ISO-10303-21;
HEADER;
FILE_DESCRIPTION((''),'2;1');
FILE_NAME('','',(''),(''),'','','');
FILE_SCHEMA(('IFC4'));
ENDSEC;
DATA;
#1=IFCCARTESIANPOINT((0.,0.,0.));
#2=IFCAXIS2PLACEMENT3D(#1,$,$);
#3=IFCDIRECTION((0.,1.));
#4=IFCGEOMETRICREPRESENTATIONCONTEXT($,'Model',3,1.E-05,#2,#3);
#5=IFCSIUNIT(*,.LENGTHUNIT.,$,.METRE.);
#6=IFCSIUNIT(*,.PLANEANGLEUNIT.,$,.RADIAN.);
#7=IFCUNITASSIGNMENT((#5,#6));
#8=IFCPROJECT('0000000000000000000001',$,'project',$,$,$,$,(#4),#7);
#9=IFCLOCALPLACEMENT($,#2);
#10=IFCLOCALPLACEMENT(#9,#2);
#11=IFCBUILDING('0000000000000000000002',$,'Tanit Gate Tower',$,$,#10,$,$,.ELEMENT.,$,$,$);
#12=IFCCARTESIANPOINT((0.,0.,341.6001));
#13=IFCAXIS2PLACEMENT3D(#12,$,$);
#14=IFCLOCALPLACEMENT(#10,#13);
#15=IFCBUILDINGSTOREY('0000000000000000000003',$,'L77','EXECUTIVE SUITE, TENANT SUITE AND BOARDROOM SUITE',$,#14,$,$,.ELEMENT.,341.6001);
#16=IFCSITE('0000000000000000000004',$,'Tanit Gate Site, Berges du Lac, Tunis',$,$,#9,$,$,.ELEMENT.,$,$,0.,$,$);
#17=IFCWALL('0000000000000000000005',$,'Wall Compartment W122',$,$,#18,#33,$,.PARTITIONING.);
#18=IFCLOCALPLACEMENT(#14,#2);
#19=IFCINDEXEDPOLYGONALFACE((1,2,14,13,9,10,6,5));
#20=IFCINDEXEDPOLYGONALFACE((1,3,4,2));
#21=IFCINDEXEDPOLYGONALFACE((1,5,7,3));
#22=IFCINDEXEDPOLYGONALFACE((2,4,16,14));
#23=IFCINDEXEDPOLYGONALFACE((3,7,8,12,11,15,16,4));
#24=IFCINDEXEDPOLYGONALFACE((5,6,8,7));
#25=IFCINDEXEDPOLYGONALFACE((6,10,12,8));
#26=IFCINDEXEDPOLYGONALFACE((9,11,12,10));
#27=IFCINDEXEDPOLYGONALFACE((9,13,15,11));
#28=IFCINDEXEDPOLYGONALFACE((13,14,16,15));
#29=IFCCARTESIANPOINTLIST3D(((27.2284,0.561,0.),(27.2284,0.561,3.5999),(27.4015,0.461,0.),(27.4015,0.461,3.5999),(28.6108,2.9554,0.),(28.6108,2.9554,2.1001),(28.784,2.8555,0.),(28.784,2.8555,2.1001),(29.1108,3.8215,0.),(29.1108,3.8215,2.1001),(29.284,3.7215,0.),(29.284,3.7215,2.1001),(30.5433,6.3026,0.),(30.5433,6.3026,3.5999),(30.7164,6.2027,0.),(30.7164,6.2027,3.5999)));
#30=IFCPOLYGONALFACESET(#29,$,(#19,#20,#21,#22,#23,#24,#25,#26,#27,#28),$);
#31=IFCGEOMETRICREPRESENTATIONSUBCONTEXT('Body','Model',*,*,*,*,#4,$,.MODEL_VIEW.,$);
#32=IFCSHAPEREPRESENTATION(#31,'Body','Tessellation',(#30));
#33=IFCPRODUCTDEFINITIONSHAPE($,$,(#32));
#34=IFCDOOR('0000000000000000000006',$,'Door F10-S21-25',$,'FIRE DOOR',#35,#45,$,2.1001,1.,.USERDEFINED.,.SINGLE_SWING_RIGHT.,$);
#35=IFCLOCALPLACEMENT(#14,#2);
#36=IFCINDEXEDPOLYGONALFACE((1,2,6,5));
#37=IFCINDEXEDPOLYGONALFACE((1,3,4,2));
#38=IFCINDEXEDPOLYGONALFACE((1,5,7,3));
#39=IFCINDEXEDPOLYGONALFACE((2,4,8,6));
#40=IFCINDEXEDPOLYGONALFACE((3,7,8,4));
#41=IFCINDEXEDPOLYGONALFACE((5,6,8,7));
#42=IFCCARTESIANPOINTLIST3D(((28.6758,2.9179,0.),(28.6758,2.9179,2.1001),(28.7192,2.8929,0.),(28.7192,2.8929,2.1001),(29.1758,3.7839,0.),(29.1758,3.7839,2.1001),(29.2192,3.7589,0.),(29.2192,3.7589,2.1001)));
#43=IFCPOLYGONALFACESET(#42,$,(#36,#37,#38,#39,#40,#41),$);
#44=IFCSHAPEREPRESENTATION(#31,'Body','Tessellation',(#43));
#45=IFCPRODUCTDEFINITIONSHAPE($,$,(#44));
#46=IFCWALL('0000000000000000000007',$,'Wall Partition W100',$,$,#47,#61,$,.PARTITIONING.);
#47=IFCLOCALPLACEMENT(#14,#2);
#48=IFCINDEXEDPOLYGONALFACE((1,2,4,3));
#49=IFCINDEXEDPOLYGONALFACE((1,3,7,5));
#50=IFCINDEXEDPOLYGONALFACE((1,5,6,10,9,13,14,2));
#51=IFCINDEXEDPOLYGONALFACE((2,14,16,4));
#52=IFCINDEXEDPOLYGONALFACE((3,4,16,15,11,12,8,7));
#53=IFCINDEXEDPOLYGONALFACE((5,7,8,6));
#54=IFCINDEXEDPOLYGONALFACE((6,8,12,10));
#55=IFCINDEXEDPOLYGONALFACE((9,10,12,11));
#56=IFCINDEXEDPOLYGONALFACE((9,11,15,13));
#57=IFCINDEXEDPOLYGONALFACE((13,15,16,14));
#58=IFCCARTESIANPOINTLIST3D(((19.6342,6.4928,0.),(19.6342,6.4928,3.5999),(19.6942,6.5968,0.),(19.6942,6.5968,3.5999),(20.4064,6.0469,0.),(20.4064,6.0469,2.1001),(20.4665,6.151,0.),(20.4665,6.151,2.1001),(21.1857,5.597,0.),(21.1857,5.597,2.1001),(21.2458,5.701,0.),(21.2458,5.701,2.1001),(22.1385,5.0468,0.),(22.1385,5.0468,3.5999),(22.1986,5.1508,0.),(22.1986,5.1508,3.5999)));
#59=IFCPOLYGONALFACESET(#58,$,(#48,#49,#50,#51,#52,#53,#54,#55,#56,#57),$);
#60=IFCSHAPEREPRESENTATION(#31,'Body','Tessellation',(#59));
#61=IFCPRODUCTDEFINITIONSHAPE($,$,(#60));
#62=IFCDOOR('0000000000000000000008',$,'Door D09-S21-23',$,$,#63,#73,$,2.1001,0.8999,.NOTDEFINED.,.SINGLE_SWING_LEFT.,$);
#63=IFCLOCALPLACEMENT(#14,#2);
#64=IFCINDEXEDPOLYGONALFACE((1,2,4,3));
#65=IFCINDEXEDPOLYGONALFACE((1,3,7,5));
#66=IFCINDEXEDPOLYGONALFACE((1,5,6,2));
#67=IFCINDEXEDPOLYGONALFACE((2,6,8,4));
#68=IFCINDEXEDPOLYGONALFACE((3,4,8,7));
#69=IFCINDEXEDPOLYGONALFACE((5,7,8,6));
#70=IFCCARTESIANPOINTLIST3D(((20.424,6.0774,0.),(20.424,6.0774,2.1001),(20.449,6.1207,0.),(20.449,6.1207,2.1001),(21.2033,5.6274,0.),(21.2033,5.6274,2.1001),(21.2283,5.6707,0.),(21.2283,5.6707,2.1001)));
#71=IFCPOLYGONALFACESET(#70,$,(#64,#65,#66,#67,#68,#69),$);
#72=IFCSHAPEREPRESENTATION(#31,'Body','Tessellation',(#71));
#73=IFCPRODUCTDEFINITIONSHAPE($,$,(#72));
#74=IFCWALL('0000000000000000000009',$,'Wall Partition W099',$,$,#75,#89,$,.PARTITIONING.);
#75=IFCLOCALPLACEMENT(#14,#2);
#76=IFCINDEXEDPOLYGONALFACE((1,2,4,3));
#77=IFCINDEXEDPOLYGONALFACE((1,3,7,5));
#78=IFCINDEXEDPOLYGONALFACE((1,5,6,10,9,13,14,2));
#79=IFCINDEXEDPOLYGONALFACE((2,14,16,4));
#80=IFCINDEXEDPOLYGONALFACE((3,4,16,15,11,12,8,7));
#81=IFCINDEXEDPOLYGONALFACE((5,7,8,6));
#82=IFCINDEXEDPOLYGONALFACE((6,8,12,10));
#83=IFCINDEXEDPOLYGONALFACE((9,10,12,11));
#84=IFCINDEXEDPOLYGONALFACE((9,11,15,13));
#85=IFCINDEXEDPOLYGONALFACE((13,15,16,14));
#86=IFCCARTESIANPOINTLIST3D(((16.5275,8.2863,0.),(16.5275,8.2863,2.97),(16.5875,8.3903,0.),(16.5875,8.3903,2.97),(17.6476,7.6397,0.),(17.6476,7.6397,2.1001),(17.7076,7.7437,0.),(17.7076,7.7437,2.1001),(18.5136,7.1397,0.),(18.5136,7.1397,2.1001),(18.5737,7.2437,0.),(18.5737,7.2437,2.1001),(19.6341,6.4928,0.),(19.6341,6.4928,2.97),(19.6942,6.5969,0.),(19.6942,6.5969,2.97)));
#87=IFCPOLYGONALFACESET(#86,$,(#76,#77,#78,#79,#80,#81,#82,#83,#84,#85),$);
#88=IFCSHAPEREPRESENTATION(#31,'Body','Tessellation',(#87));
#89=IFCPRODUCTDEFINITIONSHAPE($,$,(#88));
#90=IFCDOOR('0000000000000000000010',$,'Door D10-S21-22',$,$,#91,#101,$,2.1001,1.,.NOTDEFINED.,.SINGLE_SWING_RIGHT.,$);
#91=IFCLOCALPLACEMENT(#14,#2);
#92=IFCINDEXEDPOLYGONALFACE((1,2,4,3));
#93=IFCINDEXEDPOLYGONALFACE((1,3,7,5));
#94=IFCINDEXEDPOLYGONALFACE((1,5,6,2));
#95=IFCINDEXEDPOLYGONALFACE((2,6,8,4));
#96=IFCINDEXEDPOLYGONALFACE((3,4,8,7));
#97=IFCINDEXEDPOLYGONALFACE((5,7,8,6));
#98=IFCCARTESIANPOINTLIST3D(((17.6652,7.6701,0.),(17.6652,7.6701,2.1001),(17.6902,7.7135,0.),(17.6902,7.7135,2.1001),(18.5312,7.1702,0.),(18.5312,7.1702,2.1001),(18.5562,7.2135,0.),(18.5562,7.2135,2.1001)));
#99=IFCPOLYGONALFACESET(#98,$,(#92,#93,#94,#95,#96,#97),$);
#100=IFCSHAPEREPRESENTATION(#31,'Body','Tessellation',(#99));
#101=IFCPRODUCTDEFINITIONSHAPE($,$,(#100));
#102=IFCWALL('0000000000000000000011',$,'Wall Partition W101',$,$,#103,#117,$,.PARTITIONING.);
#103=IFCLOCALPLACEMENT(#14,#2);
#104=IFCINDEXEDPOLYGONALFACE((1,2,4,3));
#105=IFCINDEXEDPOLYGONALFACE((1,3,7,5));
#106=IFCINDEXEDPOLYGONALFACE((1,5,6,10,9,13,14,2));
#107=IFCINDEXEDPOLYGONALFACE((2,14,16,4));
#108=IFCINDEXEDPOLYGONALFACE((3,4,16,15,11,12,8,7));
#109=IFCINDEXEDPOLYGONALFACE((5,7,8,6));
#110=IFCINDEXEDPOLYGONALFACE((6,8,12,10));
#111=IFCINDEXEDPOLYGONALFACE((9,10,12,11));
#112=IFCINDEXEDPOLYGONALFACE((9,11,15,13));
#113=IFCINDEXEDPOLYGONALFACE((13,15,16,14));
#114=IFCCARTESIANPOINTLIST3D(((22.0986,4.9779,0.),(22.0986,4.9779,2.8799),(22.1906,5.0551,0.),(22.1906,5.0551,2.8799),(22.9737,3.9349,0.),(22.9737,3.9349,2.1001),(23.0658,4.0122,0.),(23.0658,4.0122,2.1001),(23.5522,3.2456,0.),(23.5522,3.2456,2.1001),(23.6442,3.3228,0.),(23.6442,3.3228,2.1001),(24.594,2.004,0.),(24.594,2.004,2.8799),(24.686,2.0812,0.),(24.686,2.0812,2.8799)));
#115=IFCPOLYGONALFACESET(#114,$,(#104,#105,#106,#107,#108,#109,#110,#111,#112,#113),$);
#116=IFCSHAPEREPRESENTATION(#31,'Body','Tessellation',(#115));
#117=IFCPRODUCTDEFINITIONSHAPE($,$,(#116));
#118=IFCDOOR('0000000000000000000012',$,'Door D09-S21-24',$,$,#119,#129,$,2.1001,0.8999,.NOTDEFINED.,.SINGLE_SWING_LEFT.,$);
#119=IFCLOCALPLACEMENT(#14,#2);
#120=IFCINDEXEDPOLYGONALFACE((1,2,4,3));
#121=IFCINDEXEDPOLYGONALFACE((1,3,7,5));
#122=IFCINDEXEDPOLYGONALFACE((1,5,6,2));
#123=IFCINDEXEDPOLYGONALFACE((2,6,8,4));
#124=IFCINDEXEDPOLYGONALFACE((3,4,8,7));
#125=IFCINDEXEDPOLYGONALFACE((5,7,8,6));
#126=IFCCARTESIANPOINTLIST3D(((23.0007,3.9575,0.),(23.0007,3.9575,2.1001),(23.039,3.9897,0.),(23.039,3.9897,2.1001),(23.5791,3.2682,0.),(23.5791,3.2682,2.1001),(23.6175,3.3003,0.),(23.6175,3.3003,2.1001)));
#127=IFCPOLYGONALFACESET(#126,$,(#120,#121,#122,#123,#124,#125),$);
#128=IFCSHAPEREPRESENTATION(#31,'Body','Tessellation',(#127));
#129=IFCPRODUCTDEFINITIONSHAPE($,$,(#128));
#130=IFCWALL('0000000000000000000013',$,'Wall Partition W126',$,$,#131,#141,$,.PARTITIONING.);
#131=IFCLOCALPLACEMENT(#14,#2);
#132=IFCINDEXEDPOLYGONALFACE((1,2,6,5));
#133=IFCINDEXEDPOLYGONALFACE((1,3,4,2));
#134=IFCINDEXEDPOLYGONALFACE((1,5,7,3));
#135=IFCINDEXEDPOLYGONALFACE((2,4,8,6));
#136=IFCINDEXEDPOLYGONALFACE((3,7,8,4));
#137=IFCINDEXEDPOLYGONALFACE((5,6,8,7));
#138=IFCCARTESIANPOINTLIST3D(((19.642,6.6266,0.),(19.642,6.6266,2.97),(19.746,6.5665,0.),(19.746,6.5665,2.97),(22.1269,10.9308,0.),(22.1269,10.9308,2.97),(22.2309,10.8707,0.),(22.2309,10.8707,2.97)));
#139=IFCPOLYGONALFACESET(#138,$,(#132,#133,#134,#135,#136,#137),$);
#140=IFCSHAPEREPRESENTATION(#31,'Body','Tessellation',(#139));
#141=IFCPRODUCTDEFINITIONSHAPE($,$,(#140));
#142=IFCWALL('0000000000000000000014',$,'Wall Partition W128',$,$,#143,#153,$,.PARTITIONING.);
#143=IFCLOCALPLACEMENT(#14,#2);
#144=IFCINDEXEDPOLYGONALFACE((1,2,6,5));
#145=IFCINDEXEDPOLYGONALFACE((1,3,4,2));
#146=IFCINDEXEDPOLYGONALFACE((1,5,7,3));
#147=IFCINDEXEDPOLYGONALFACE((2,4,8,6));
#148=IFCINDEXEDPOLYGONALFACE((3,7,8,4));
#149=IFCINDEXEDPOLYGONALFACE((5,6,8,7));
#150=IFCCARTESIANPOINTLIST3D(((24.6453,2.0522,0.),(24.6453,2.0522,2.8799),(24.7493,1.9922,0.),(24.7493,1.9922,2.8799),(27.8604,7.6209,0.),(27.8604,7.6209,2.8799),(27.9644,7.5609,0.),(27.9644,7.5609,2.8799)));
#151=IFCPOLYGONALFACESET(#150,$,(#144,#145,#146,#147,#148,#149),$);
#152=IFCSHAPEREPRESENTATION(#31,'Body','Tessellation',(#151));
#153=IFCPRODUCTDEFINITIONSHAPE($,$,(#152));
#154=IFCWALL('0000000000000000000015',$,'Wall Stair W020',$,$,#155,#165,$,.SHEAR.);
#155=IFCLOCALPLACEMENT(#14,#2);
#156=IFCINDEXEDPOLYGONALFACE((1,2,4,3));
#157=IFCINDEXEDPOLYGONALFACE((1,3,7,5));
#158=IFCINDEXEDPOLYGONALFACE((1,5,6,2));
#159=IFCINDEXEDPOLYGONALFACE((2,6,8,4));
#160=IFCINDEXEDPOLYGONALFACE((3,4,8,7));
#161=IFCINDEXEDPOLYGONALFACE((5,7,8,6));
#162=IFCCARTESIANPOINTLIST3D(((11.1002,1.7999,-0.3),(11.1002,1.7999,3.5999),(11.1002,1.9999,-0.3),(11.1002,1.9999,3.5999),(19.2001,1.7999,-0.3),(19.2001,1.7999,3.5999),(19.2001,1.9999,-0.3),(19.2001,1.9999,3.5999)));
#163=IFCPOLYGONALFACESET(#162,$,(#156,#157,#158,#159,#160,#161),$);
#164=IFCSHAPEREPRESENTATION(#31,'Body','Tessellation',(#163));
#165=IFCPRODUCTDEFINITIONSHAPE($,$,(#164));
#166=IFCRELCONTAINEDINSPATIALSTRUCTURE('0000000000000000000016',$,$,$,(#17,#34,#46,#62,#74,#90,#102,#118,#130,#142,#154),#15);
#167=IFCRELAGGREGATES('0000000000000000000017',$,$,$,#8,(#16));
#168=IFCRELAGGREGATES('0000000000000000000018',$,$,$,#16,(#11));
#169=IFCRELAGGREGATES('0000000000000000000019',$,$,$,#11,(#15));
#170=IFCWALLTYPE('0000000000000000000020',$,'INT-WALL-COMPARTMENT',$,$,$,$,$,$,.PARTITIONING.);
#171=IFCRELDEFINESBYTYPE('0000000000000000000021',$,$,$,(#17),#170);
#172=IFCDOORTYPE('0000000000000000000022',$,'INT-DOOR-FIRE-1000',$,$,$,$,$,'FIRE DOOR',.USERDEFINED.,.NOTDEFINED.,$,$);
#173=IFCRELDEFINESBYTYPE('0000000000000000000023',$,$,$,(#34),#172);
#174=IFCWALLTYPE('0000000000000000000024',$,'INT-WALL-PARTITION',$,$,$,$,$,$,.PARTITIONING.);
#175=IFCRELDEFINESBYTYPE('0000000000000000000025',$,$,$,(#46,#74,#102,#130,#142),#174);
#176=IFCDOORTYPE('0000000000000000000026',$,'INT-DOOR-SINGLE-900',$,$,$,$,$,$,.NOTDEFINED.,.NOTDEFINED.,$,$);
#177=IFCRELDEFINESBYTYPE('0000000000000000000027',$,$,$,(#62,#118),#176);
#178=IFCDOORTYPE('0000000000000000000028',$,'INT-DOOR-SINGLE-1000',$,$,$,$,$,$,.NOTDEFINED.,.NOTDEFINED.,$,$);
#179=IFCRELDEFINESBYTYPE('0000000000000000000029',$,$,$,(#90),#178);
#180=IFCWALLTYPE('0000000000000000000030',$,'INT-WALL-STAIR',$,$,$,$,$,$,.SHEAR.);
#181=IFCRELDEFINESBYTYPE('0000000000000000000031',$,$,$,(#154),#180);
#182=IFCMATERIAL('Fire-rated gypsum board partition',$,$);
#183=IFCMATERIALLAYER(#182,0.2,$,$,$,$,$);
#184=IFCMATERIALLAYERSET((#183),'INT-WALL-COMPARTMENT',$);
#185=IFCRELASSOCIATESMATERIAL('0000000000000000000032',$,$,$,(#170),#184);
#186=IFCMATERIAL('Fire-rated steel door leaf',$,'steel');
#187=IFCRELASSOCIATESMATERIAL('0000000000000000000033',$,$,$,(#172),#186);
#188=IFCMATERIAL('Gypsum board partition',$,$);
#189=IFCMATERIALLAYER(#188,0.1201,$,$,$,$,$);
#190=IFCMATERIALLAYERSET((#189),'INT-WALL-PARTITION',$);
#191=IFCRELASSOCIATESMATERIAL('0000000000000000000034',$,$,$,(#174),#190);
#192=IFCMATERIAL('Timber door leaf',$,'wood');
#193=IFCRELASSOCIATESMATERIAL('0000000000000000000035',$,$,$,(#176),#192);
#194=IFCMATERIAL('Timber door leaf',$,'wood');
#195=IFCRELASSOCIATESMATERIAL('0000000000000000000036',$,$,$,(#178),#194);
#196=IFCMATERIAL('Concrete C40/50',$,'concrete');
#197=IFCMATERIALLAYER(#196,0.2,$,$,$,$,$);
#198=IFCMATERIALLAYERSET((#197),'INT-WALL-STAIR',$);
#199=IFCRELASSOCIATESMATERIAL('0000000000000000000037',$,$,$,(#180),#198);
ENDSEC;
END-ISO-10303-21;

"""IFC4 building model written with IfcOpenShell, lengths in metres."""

from ifc_helpers import new_model, si_unit, direction, frame, frame_2d, origin, place, context, subcontext, project, spatial, rectangle, extrude, material, layer, layer_set, type_object, element, fill, save


model = new_model("IFC4")

# Units and contexts
model_context = context("Model", 3, precision=1e-05, world=origin(), true_north=direction((0.0, 1.0)))
body_context = subcontext(model_context, "Body", "Model", "MODEL_VIEW")
ifc_project = project(units=[si_unit("LENGTHUNIT", "METRE"), si_unit("PLANEANGLEUNIT", "RADIAN")], contexts=[model_context])

# Site, building, storey
site_placement = place(None, origin())
site = spatial("IfcSite", under=ifc_project, at=site_placement, Name="Tanit Gate Site, Berges du Lac, Tunis", CompositionType="ELEMENT", RefElevation=0.0)
building_placement = place(site_placement, origin())
building = spatial("IfcBuilding", under=site, at=building_placement, Name="Tanit Gate Tower", CompositionType="ELEMENT")
storey_placement = place(building_placement, frame((0.0, 0.0, 341.6001)))
storey = spatial("IfcBuildingStorey", under=building, at=storey_placement, Name="L77", Description="EXECUTIVE SUITE, TENANT SUITE AND BOARDROOM SUITE", CompositionType="ELEMENT", Elevation=341.6001)

# Shared definitions
ifc_material_1 = material(Name="Fire-rated gypsum board partition")
ifc_layer_1 = layer(ifc_material_1, 0.2)
ifc_layer_set_1 = layer_set([ifc_layer_1], Name="INT-WALL-COMPARTMENT")
wall_type_1 = type_object("IfcWallType", Name="INT-WALL-COMPARTMENT", PredefinedType="PARTITIONING", material=ifc_layer_set_1)

# Walls, openings, doors
wall_1_placement = place(storey_placement, frame((27.3149, 0.511, 0.0), z_axis=(0.0, 0.0, 1.0), x_axis=(0.499997, 0.866027, 0.0)))
wall_1 = element("IfcWall", 1, at=wall_1_placement, inside=storey, type_object=wall_type_1, Name="Wall Compartment W122", PredefinedType="PARTITIONING", context=body_context, shape_type="SweptSolid", body=[
    extrude(rectangle(XDim=6.6299, YDim=0.2, at=frame_2d((3.3149, 0.0))), origin(), (0.0, 0.0, 1.0), 3.5999),
])
opening_1_placement = place(wall_1_placement, frame((2.7649, 0.0, 0.0)))
opening_1 = element("IfcOpeningElement", 2, at=opening_1_placement, cuts=wall_1, PredefinedType="OPENING", context=body_context, shape_type="SweptSolid", body=[
    extrude(rectangle(XDim=1.0, YDim=2.1001, at=frame_2d((0.5, 1.05))), frame((0.0, 0.1099, 0.0), z_axis=(0.0, -1.0, 0.0), x_axis=(1.0, 0.0, 0.0)), (0.0, 0.0, 1.0), 0.22),
])
ifc_material_2 = material(Name="Fire-rated steel door leaf", Category="steel")
door_type_1 = type_object("IfcDoorType", Name="INT-DOOR-FIRE-1000", ElementType="FIRE DOOR", OperationType="NOTDEFINED", PredefinedType="USERDEFINED", material=ifc_material_2)
door_1_placement = place(opening_1_placement, origin())
door_1 = element("IfcDoor", 3, at=door_1_placement, inside=storey, type_object=door_type_1, Name="Door F10-S21-25", ObjectType="FIRE DOOR", OperationType="SINGLE_SWING_RIGHT", OverallHeight=2.1001, OverallWidth=1.0, PredefinedType="USERDEFINED", context=body_context, shape_type="SweptSolid", body=[
    extrude(rectangle(XDim=1.0, YDim=2.1001, at=frame_2d((0.5, 1.05))), frame((0.0, 0.0249, 0.0), z_axis=(0.0, -1.0, 0.0), x_axis=(1.0, 0.0, 0.0)), (0.0, 0.0, 1.0), 0.05),
])
fill(opening_1, door_1)
ifc_material_3 = material(Name="Gypsum board partition")
ifc_layer_2 = layer(ifc_material_3, 0.1201)
ifc_layer_set_2 = layer_set([ifc_layer_2], Name="INT-WALL-PARTITION")
wall_type_2 = type_object("IfcWallType", Name="INT-WALL-PARTITION", PredefinedType="PARTITIONING", material=ifc_layer_set_2)
wall_2_placement = place(storey_placement, frame((22.1685, 5.0989, 0.0), z_axis=(0.0, 0.0, 1.0), x_axis=(-0.866006, 0.500034, 0.0)))
wall_2 = element("IfcWall", 4, at=wall_2_placement, inside=storey, type_object=wall_type_2, Name="Wall Partition W100", PredefinedType="PARTITIONING", context=body_context, shape_type="SweptSolid", body=[
    extrude(rectangle(XDim=2.8918, YDim=0.1201, at=frame_2d((1.4458, 0.0))), origin(), (0.0, 0.0, 1.0), 3.5999),
])
opening_2_placement = place(wall_2_placement, frame((1.1001, 0.0, 0.0)))
opening_2 = element("IfcOpeningElement", 5, at=opening_2_placement, cuts=wall_2, PredefinedType="OPENING", context=body_context, shape_type="SweptSolid", body=[
    extrude(rectangle(XDim=0.8999, YDim=2.1001, at=frame_2d((0.45, 1.05))), frame((0.0, 0.0701, 0.0), z_axis=(0.0, -1.0, 0.0), x_axis=(1.0, 0.0, 0.0)), (0.0, 0.0, 1.0), 0.1401),
])
ifc_material_4 = material(Name="Timber door leaf", Category="wood")
door_type_2 = type_object("IfcDoorType", Name="INT-DOOR-SINGLE-900", OperationType="NOTDEFINED", PredefinedType="NOTDEFINED", material=ifc_material_4)
door_2_placement = place(opening_2_placement, origin())
door_2 = element("IfcDoor", 6, at=door_2_placement, inside=storey, type_object=door_type_2, Name="Door D09-S21-23", OperationType="SINGLE_SWING_LEFT", OverallHeight=2.1001, OverallWidth=0.8999, PredefinedType="NOTDEFINED", context=body_context, shape_type="SweptSolid", body=[
    extrude(rectangle(XDim=0.8999, YDim=2.1001, at=frame_2d((0.45, 1.05))), frame((0.0, 0.0249, 0.0), z_axis=(0.0, -1.0, 0.0), x_axis=(1.0, 0.0, 0.0)), (0.0, 0.0, 1.0), 0.05),
])
fill(opening_2, door_2)
wall_3_placement = place(storey_placement, frame((19.6641, 6.5449, 0.0), z_axis=(0.0, 0.0, 1.0), x_axis=(-0.866048, 0.49996, 0.0)))
wall_3 = element("IfcWall", 7, at=wall_3_placement, inside=storey, type_object=wall_type_2, Name="Wall Partition W099", PredefinedType="PARTITIONING", context=body_context, shape_type="SweptSolid", body=[
    extrude(rectangle(XDim=3.5872, YDim=0.1201, at=frame_2d((1.7935, 0.0))), origin(), (0.0, 0.0, 1.0), 2.97),
])
opening_3_placement = place(wall_3_placement, frame((1.2937, 0.0, 0.0)))
opening_3 = element("IfcOpeningElement", 8, at=opening_3_placement, cuts=wall_3, PredefinedType="OPENING", context=body_context, shape_type="SweptSolid", body=[
    extrude(rectangle(XDim=1.0, YDim=2.1001, at=frame_2d((0.5, 1.05))), frame((0.0, 0.0701, 0.0), z_axis=(0.0, -1.0, 0.0), x_axis=(1.0, 0.0, 0.0)), (0.0, 0.0, 1.0), 0.1401),
])
ifc_material_5 = material(Name="Timber door leaf", Category="wood")
door_type_3 = type_object("IfcDoorType", Name="INT-DOOR-SINGLE-1000", OperationType="NOTDEFINED", PredefinedType="NOTDEFINED", material=ifc_material_5)
door_3_placement = place(opening_3_placement, origin())
door_3 = element("IfcDoor", 9, at=door_3_placement, inside=storey, type_object=door_type_3, Name="Door D10-S21-22", OperationType="SINGLE_SWING_RIGHT", OverallHeight=2.1001, OverallWidth=1.0, PredefinedType="NOTDEFINED", context=body_context, shape_type="SweptSolid", body=[
    extrude(rectangle(XDim=1.0, YDim=2.1001, at=frame_2d((0.5, 1.05))), frame((0.0, 0.0249, 0.0), z_axis=(0.0, -1.0, 0.0), x_axis=(1.0, 0.0, 0.0)), (0.0, 0.0, 1.0), 0.05),
])
fill(opening_3, door_3)
wall_4_placement = place(storey_placement, frame((24.6399, 2.0427, 0.0), z_axis=(0.0, 0.0, 1.0), x_axis=(-0.642785, 0.766047, 0.0)))
wall_4 = element("IfcWall", 10, at=wall_4_placement, inside=storey, type_object=wall_type_2, Name="Wall Partition W101", PredefinedType="PARTITIONING", context=body_context, shape_type="SweptSolid", body=[
    extrude(rectangle(XDim=3.8821, YDim=0.1201, at=frame_2d((1.9409, 0.0))), origin(), (0.0, 0.0, 1.0), 2.8799),
])
opening_4_placement = place(wall_4_placement, frame((1.6206, 0.0, 0.0)))
opening_4 = element("IfcOpeningElement", 11, at=opening_4_placement, cuts=wall_4, PredefinedType="OPENING", context=body_context, shape_type="SweptSolid", body=[
    extrude(rectangle(XDim=0.8999, YDim=2.1001, at=frame_2d((0.45, 1.05))), frame((0.0, 0.0701, 0.0), z_axis=(0.0, -1.0, 0.0), x_axis=(1.0, 0.0, 0.0)), (0.0, 0.0, 1.0), 0.1401),
])
door_4_placement = place(opening_4_placement, origin())
door_4 = element("IfcDoor", 12, at=door_4_placement, inside=storey, type_object=door_type_2, Name="Door D09-S21-24", OperationType="SINGLE_SWING_LEFT", OverallHeight=2.1001, OverallWidth=0.8999, PredefinedType="NOTDEFINED", context=body_context, shape_type="SweptSolid", body=[
    extrude(rectangle(XDim=0.8999, YDim=2.1001, at=frame_2d((0.45, 1.05))), frame((0.0, 0.0249, 0.0), z_axis=(0.0, -1.0, 0.0), x_axis=(1.0, 0.0, 0.0)), (0.0, 0.0, 1.0), 0.05),
])
fill(opening_4, door_4)

# Walls
wall_5_placement = place(storey_placement, frame((19.6941, 6.5967, 0.0), z_axis=(0.0, 0.0, 1.0), x_axis=(0.499975, 0.86604, 0.0)))
element("IfcWall", 13, at=wall_5_placement, inside=storey, type_object=wall_type_2, Name="Wall Partition W126", PredefinedType="PARTITIONING", context=body_context, shape_type="SweptSolid", body=[
    extrude(rectangle(XDim=4.97, YDim=0.1201, at=frame_2d((2.4849, 0.0))), origin(), (0.0, 0.0, 1.0), 2.97),
])
wall_6_placement = place(storey_placement, frame((24.6973, 2.0222, 0.0), z_axis=(0.0, 0.0, 1.0), x_axis=(0.500006, 0.866022, 0.0)))
element("IfcWall", 14, at=wall_6_placement, inside=storey, type_object=wall_type_2, Name="Wall Partition W128", PredefinedType="PARTITIONING", context=body_context, shape_type="SweptSolid", body=[
    extrude(rectangle(XDim=6.4302, YDim=0.1201, at=frame_2d((3.2151, 0.0))), origin(), (0.0, 0.0, 1.0), 2.8799),
])
ifc_material_6 = material(Name="Concrete C40/50", Category="concrete")
ifc_layer_3 = layer(ifc_material_6, 0.2)
ifc_layer_set_3 = layer_set([ifc_layer_3], Name="INT-WALL-STAIR")
wall_type_3 = type_object("IfcWallType", Name="INT-WALL-STAIR", PredefinedType="SHEAR", material=ifc_layer_set_3)
wall_7_placement = place(storey_placement, frame((19.2, 1.8999, -0.3), z_axis=(0.0, 0.0, 1.0), x_axis=(-1.0, 0.0, 0.0)))
element("IfcWall", 15, at=wall_7_placement, inside=storey, type_object=wall_type_3, Name="Wall Stair W020", PredefinedType="SHEAR", context=body_context, shape_type="SweptSolid", body=[
    extrude(rectangle(XDim=8.0999, YDim=0.2, at=frame_2d((4.0498, 0.0))), origin(), (0.0, 0.0, 1.0), 3.8999),
])

save(model, "model.ifc")
